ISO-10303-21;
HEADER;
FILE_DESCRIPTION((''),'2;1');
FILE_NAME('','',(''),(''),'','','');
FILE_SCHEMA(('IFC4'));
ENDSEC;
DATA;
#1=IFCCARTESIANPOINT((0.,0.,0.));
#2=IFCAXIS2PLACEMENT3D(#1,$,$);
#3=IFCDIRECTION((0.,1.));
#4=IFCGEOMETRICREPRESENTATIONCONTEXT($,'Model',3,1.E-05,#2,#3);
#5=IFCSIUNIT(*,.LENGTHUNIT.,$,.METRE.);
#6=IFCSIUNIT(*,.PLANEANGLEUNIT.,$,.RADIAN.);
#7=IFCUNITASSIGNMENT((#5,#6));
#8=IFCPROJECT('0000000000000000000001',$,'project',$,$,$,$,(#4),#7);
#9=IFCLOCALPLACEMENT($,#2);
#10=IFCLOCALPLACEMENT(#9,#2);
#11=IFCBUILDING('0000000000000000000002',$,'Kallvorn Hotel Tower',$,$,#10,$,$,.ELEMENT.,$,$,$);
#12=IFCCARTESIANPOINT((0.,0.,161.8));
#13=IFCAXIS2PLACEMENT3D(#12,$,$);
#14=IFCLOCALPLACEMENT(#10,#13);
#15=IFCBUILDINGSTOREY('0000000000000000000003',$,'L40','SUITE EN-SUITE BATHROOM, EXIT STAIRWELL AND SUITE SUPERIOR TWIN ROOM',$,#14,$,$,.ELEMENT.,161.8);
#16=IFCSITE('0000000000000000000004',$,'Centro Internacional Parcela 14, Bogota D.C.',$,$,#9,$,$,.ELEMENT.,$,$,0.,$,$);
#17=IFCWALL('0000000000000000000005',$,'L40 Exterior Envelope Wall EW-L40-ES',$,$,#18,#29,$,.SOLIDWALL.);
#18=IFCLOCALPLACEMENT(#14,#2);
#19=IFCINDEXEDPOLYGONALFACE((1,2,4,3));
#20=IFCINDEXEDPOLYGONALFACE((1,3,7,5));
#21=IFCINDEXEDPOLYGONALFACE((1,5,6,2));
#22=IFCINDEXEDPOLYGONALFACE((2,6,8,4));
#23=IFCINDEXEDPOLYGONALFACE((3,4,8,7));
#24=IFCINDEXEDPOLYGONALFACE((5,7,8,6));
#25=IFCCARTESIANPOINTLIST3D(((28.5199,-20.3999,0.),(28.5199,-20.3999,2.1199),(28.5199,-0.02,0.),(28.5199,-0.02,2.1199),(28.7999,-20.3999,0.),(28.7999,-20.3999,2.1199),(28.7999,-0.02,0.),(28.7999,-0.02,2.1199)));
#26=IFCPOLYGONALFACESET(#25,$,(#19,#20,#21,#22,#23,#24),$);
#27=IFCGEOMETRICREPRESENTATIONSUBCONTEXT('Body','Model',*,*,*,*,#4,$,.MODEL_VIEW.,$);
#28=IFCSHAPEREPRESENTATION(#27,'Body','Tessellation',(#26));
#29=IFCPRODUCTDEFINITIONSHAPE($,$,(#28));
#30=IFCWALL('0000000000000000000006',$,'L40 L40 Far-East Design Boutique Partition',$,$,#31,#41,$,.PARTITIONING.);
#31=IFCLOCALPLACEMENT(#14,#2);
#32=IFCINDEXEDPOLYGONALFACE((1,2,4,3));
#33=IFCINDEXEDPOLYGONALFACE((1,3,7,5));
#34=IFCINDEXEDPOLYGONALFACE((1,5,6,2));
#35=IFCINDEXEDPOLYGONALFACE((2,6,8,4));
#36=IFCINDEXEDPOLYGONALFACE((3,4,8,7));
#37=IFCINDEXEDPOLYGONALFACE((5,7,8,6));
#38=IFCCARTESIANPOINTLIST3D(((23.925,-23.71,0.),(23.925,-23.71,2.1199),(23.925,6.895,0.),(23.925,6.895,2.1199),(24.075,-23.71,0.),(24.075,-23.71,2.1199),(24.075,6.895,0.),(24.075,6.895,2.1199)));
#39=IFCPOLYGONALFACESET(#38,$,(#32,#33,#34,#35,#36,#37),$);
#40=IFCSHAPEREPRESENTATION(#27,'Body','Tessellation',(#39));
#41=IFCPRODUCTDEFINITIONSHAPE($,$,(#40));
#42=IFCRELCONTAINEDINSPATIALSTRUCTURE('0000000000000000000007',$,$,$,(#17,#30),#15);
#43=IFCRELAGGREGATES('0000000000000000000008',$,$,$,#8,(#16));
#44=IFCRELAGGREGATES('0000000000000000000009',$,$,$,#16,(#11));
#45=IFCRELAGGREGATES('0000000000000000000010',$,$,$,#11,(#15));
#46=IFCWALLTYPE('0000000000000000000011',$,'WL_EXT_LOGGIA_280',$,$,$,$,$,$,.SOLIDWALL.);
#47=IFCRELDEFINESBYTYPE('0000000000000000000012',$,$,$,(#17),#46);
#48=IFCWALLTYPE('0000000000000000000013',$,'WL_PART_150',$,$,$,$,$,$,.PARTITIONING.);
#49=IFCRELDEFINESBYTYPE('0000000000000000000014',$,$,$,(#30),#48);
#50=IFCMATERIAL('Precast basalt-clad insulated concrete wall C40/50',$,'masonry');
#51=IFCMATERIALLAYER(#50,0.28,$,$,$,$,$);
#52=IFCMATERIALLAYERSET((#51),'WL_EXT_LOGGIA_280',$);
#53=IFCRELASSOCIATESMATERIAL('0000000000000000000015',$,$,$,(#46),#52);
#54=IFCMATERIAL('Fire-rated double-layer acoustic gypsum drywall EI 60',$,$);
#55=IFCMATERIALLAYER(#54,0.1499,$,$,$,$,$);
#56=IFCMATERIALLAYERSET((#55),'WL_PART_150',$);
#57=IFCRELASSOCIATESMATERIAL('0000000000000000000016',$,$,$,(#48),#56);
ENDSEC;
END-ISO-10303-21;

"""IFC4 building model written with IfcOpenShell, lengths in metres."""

from ifc_helpers import new_model, si_unit, direction, frame, frame_2d, origin, place, context, subcontext, project, spatial, rectangle, extrude, material, layer, layer_set, type_object, element, save


model = new_model("IFC4")

# Units and contexts
model_context = context("Model", 3, precision=1e-05, world=origin(), true_north=direction((0.0, 1.0)))
body_context = subcontext(model_context, "Body", "Model", "MODEL_VIEW")
ifc_project = project(units=[si_unit("LENGTHUNIT", "METRE"), si_unit("PLANEANGLEUNIT", "RADIAN")], contexts=[model_context])

# Site, building, storey
site_placement = place(None, origin())
site = spatial("IfcSite", under=ifc_project, at=site_placement, Name="Centro Internacional Parcela 14, Bogota D.C.", CompositionType="ELEMENT", RefElevation=0.0)
building_placement = place(site_placement, origin())
building = spatial("IfcBuilding", under=site, at=building_placement, Name="Kallvorn Hotel Tower", CompositionType="ELEMENT")
storey_placement = place(building_placement, frame((0.0, 0.0, 161.8)))
storey = spatial("IfcBuildingStorey", under=building, at=storey_placement, Name="L40", Description="SUITE EN-SUITE BATHROOM, EXIT STAIRWELL AND SUITE SUPERIOR TWIN ROOM", CompositionType="ELEMENT", Elevation=161.8)

# Walls
ifc_material_1 = material(Name="Precast basalt-clad insulated concrete wall C40/50", Category="masonry")
ifc_layer_1 = layer(ifc_material_1, 0.28)
ifc_layer_set_1 = layer_set([ifc_layer_1], Name="WL_EXT_LOGGIA_280")
wall_type_1 = type_object("IfcWallType", Name="WL_EXT_LOGGIA_280", PredefinedType="SOLIDWALL", material=ifc_layer_set_1)
wall_1_placement = place(storey_placement, frame((28.6599, -20.3999, 0.0), z_axis=(0.0, 0.0, 1.0), x_axis=(0.0, 1.0, 0.0)))
element("IfcWall", 1, at=wall_1_placement, inside=storey, type_object=wall_type_1, Name="L40 Exterior Envelope Wall EW-L40-ES", PredefinedType="SOLIDWALL", context=body_context, shape_type="SweptSolid", body=[
    extrude(rectangle(XDim=20.3799, YDim=0.28, at=frame_2d((10.1899, 0.0))), origin(), (0.0, 0.0, 1.0), 2.1199),
])
ifc_material_2 = material(Name="Fire-rated double-layer acoustic gypsum drywall EI 60")
ifc_layer_2 = layer(ifc_material_2, 0.1499)
ifc_layer_set_2 = layer_set([ifc_layer_2], Name="WL_PART_150")
wall_type_2 = type_object("IfcWallType", Name="WL_PART_150", PredefinedType="PARTITIONING", material=ifc_layer_set_2)
wall_2_placement = place(storey_placement, frame((24.0, -23.71, 0.0), z_axis=(0.0, 0.0, 1.0), x_axis=(0.0, 1.0, 0.0)))
element("IfcWall", 2, at=wall_2_placement, inside=storey, type_object=wall_type_2, Name="L40 L40 Far-East Design Boutique Partition", PredefinedType="PARTITIONING", context=body_context, shape_type="SweptSolid", body=[
    extrude(rectangle(XDim=30.605, YDim=0.1499, at=frame_2d((15.3025, 0.0))), origin(), (0.0, 0.0, 1.0), 2.1199),
])

save(model, "model.ifc")
